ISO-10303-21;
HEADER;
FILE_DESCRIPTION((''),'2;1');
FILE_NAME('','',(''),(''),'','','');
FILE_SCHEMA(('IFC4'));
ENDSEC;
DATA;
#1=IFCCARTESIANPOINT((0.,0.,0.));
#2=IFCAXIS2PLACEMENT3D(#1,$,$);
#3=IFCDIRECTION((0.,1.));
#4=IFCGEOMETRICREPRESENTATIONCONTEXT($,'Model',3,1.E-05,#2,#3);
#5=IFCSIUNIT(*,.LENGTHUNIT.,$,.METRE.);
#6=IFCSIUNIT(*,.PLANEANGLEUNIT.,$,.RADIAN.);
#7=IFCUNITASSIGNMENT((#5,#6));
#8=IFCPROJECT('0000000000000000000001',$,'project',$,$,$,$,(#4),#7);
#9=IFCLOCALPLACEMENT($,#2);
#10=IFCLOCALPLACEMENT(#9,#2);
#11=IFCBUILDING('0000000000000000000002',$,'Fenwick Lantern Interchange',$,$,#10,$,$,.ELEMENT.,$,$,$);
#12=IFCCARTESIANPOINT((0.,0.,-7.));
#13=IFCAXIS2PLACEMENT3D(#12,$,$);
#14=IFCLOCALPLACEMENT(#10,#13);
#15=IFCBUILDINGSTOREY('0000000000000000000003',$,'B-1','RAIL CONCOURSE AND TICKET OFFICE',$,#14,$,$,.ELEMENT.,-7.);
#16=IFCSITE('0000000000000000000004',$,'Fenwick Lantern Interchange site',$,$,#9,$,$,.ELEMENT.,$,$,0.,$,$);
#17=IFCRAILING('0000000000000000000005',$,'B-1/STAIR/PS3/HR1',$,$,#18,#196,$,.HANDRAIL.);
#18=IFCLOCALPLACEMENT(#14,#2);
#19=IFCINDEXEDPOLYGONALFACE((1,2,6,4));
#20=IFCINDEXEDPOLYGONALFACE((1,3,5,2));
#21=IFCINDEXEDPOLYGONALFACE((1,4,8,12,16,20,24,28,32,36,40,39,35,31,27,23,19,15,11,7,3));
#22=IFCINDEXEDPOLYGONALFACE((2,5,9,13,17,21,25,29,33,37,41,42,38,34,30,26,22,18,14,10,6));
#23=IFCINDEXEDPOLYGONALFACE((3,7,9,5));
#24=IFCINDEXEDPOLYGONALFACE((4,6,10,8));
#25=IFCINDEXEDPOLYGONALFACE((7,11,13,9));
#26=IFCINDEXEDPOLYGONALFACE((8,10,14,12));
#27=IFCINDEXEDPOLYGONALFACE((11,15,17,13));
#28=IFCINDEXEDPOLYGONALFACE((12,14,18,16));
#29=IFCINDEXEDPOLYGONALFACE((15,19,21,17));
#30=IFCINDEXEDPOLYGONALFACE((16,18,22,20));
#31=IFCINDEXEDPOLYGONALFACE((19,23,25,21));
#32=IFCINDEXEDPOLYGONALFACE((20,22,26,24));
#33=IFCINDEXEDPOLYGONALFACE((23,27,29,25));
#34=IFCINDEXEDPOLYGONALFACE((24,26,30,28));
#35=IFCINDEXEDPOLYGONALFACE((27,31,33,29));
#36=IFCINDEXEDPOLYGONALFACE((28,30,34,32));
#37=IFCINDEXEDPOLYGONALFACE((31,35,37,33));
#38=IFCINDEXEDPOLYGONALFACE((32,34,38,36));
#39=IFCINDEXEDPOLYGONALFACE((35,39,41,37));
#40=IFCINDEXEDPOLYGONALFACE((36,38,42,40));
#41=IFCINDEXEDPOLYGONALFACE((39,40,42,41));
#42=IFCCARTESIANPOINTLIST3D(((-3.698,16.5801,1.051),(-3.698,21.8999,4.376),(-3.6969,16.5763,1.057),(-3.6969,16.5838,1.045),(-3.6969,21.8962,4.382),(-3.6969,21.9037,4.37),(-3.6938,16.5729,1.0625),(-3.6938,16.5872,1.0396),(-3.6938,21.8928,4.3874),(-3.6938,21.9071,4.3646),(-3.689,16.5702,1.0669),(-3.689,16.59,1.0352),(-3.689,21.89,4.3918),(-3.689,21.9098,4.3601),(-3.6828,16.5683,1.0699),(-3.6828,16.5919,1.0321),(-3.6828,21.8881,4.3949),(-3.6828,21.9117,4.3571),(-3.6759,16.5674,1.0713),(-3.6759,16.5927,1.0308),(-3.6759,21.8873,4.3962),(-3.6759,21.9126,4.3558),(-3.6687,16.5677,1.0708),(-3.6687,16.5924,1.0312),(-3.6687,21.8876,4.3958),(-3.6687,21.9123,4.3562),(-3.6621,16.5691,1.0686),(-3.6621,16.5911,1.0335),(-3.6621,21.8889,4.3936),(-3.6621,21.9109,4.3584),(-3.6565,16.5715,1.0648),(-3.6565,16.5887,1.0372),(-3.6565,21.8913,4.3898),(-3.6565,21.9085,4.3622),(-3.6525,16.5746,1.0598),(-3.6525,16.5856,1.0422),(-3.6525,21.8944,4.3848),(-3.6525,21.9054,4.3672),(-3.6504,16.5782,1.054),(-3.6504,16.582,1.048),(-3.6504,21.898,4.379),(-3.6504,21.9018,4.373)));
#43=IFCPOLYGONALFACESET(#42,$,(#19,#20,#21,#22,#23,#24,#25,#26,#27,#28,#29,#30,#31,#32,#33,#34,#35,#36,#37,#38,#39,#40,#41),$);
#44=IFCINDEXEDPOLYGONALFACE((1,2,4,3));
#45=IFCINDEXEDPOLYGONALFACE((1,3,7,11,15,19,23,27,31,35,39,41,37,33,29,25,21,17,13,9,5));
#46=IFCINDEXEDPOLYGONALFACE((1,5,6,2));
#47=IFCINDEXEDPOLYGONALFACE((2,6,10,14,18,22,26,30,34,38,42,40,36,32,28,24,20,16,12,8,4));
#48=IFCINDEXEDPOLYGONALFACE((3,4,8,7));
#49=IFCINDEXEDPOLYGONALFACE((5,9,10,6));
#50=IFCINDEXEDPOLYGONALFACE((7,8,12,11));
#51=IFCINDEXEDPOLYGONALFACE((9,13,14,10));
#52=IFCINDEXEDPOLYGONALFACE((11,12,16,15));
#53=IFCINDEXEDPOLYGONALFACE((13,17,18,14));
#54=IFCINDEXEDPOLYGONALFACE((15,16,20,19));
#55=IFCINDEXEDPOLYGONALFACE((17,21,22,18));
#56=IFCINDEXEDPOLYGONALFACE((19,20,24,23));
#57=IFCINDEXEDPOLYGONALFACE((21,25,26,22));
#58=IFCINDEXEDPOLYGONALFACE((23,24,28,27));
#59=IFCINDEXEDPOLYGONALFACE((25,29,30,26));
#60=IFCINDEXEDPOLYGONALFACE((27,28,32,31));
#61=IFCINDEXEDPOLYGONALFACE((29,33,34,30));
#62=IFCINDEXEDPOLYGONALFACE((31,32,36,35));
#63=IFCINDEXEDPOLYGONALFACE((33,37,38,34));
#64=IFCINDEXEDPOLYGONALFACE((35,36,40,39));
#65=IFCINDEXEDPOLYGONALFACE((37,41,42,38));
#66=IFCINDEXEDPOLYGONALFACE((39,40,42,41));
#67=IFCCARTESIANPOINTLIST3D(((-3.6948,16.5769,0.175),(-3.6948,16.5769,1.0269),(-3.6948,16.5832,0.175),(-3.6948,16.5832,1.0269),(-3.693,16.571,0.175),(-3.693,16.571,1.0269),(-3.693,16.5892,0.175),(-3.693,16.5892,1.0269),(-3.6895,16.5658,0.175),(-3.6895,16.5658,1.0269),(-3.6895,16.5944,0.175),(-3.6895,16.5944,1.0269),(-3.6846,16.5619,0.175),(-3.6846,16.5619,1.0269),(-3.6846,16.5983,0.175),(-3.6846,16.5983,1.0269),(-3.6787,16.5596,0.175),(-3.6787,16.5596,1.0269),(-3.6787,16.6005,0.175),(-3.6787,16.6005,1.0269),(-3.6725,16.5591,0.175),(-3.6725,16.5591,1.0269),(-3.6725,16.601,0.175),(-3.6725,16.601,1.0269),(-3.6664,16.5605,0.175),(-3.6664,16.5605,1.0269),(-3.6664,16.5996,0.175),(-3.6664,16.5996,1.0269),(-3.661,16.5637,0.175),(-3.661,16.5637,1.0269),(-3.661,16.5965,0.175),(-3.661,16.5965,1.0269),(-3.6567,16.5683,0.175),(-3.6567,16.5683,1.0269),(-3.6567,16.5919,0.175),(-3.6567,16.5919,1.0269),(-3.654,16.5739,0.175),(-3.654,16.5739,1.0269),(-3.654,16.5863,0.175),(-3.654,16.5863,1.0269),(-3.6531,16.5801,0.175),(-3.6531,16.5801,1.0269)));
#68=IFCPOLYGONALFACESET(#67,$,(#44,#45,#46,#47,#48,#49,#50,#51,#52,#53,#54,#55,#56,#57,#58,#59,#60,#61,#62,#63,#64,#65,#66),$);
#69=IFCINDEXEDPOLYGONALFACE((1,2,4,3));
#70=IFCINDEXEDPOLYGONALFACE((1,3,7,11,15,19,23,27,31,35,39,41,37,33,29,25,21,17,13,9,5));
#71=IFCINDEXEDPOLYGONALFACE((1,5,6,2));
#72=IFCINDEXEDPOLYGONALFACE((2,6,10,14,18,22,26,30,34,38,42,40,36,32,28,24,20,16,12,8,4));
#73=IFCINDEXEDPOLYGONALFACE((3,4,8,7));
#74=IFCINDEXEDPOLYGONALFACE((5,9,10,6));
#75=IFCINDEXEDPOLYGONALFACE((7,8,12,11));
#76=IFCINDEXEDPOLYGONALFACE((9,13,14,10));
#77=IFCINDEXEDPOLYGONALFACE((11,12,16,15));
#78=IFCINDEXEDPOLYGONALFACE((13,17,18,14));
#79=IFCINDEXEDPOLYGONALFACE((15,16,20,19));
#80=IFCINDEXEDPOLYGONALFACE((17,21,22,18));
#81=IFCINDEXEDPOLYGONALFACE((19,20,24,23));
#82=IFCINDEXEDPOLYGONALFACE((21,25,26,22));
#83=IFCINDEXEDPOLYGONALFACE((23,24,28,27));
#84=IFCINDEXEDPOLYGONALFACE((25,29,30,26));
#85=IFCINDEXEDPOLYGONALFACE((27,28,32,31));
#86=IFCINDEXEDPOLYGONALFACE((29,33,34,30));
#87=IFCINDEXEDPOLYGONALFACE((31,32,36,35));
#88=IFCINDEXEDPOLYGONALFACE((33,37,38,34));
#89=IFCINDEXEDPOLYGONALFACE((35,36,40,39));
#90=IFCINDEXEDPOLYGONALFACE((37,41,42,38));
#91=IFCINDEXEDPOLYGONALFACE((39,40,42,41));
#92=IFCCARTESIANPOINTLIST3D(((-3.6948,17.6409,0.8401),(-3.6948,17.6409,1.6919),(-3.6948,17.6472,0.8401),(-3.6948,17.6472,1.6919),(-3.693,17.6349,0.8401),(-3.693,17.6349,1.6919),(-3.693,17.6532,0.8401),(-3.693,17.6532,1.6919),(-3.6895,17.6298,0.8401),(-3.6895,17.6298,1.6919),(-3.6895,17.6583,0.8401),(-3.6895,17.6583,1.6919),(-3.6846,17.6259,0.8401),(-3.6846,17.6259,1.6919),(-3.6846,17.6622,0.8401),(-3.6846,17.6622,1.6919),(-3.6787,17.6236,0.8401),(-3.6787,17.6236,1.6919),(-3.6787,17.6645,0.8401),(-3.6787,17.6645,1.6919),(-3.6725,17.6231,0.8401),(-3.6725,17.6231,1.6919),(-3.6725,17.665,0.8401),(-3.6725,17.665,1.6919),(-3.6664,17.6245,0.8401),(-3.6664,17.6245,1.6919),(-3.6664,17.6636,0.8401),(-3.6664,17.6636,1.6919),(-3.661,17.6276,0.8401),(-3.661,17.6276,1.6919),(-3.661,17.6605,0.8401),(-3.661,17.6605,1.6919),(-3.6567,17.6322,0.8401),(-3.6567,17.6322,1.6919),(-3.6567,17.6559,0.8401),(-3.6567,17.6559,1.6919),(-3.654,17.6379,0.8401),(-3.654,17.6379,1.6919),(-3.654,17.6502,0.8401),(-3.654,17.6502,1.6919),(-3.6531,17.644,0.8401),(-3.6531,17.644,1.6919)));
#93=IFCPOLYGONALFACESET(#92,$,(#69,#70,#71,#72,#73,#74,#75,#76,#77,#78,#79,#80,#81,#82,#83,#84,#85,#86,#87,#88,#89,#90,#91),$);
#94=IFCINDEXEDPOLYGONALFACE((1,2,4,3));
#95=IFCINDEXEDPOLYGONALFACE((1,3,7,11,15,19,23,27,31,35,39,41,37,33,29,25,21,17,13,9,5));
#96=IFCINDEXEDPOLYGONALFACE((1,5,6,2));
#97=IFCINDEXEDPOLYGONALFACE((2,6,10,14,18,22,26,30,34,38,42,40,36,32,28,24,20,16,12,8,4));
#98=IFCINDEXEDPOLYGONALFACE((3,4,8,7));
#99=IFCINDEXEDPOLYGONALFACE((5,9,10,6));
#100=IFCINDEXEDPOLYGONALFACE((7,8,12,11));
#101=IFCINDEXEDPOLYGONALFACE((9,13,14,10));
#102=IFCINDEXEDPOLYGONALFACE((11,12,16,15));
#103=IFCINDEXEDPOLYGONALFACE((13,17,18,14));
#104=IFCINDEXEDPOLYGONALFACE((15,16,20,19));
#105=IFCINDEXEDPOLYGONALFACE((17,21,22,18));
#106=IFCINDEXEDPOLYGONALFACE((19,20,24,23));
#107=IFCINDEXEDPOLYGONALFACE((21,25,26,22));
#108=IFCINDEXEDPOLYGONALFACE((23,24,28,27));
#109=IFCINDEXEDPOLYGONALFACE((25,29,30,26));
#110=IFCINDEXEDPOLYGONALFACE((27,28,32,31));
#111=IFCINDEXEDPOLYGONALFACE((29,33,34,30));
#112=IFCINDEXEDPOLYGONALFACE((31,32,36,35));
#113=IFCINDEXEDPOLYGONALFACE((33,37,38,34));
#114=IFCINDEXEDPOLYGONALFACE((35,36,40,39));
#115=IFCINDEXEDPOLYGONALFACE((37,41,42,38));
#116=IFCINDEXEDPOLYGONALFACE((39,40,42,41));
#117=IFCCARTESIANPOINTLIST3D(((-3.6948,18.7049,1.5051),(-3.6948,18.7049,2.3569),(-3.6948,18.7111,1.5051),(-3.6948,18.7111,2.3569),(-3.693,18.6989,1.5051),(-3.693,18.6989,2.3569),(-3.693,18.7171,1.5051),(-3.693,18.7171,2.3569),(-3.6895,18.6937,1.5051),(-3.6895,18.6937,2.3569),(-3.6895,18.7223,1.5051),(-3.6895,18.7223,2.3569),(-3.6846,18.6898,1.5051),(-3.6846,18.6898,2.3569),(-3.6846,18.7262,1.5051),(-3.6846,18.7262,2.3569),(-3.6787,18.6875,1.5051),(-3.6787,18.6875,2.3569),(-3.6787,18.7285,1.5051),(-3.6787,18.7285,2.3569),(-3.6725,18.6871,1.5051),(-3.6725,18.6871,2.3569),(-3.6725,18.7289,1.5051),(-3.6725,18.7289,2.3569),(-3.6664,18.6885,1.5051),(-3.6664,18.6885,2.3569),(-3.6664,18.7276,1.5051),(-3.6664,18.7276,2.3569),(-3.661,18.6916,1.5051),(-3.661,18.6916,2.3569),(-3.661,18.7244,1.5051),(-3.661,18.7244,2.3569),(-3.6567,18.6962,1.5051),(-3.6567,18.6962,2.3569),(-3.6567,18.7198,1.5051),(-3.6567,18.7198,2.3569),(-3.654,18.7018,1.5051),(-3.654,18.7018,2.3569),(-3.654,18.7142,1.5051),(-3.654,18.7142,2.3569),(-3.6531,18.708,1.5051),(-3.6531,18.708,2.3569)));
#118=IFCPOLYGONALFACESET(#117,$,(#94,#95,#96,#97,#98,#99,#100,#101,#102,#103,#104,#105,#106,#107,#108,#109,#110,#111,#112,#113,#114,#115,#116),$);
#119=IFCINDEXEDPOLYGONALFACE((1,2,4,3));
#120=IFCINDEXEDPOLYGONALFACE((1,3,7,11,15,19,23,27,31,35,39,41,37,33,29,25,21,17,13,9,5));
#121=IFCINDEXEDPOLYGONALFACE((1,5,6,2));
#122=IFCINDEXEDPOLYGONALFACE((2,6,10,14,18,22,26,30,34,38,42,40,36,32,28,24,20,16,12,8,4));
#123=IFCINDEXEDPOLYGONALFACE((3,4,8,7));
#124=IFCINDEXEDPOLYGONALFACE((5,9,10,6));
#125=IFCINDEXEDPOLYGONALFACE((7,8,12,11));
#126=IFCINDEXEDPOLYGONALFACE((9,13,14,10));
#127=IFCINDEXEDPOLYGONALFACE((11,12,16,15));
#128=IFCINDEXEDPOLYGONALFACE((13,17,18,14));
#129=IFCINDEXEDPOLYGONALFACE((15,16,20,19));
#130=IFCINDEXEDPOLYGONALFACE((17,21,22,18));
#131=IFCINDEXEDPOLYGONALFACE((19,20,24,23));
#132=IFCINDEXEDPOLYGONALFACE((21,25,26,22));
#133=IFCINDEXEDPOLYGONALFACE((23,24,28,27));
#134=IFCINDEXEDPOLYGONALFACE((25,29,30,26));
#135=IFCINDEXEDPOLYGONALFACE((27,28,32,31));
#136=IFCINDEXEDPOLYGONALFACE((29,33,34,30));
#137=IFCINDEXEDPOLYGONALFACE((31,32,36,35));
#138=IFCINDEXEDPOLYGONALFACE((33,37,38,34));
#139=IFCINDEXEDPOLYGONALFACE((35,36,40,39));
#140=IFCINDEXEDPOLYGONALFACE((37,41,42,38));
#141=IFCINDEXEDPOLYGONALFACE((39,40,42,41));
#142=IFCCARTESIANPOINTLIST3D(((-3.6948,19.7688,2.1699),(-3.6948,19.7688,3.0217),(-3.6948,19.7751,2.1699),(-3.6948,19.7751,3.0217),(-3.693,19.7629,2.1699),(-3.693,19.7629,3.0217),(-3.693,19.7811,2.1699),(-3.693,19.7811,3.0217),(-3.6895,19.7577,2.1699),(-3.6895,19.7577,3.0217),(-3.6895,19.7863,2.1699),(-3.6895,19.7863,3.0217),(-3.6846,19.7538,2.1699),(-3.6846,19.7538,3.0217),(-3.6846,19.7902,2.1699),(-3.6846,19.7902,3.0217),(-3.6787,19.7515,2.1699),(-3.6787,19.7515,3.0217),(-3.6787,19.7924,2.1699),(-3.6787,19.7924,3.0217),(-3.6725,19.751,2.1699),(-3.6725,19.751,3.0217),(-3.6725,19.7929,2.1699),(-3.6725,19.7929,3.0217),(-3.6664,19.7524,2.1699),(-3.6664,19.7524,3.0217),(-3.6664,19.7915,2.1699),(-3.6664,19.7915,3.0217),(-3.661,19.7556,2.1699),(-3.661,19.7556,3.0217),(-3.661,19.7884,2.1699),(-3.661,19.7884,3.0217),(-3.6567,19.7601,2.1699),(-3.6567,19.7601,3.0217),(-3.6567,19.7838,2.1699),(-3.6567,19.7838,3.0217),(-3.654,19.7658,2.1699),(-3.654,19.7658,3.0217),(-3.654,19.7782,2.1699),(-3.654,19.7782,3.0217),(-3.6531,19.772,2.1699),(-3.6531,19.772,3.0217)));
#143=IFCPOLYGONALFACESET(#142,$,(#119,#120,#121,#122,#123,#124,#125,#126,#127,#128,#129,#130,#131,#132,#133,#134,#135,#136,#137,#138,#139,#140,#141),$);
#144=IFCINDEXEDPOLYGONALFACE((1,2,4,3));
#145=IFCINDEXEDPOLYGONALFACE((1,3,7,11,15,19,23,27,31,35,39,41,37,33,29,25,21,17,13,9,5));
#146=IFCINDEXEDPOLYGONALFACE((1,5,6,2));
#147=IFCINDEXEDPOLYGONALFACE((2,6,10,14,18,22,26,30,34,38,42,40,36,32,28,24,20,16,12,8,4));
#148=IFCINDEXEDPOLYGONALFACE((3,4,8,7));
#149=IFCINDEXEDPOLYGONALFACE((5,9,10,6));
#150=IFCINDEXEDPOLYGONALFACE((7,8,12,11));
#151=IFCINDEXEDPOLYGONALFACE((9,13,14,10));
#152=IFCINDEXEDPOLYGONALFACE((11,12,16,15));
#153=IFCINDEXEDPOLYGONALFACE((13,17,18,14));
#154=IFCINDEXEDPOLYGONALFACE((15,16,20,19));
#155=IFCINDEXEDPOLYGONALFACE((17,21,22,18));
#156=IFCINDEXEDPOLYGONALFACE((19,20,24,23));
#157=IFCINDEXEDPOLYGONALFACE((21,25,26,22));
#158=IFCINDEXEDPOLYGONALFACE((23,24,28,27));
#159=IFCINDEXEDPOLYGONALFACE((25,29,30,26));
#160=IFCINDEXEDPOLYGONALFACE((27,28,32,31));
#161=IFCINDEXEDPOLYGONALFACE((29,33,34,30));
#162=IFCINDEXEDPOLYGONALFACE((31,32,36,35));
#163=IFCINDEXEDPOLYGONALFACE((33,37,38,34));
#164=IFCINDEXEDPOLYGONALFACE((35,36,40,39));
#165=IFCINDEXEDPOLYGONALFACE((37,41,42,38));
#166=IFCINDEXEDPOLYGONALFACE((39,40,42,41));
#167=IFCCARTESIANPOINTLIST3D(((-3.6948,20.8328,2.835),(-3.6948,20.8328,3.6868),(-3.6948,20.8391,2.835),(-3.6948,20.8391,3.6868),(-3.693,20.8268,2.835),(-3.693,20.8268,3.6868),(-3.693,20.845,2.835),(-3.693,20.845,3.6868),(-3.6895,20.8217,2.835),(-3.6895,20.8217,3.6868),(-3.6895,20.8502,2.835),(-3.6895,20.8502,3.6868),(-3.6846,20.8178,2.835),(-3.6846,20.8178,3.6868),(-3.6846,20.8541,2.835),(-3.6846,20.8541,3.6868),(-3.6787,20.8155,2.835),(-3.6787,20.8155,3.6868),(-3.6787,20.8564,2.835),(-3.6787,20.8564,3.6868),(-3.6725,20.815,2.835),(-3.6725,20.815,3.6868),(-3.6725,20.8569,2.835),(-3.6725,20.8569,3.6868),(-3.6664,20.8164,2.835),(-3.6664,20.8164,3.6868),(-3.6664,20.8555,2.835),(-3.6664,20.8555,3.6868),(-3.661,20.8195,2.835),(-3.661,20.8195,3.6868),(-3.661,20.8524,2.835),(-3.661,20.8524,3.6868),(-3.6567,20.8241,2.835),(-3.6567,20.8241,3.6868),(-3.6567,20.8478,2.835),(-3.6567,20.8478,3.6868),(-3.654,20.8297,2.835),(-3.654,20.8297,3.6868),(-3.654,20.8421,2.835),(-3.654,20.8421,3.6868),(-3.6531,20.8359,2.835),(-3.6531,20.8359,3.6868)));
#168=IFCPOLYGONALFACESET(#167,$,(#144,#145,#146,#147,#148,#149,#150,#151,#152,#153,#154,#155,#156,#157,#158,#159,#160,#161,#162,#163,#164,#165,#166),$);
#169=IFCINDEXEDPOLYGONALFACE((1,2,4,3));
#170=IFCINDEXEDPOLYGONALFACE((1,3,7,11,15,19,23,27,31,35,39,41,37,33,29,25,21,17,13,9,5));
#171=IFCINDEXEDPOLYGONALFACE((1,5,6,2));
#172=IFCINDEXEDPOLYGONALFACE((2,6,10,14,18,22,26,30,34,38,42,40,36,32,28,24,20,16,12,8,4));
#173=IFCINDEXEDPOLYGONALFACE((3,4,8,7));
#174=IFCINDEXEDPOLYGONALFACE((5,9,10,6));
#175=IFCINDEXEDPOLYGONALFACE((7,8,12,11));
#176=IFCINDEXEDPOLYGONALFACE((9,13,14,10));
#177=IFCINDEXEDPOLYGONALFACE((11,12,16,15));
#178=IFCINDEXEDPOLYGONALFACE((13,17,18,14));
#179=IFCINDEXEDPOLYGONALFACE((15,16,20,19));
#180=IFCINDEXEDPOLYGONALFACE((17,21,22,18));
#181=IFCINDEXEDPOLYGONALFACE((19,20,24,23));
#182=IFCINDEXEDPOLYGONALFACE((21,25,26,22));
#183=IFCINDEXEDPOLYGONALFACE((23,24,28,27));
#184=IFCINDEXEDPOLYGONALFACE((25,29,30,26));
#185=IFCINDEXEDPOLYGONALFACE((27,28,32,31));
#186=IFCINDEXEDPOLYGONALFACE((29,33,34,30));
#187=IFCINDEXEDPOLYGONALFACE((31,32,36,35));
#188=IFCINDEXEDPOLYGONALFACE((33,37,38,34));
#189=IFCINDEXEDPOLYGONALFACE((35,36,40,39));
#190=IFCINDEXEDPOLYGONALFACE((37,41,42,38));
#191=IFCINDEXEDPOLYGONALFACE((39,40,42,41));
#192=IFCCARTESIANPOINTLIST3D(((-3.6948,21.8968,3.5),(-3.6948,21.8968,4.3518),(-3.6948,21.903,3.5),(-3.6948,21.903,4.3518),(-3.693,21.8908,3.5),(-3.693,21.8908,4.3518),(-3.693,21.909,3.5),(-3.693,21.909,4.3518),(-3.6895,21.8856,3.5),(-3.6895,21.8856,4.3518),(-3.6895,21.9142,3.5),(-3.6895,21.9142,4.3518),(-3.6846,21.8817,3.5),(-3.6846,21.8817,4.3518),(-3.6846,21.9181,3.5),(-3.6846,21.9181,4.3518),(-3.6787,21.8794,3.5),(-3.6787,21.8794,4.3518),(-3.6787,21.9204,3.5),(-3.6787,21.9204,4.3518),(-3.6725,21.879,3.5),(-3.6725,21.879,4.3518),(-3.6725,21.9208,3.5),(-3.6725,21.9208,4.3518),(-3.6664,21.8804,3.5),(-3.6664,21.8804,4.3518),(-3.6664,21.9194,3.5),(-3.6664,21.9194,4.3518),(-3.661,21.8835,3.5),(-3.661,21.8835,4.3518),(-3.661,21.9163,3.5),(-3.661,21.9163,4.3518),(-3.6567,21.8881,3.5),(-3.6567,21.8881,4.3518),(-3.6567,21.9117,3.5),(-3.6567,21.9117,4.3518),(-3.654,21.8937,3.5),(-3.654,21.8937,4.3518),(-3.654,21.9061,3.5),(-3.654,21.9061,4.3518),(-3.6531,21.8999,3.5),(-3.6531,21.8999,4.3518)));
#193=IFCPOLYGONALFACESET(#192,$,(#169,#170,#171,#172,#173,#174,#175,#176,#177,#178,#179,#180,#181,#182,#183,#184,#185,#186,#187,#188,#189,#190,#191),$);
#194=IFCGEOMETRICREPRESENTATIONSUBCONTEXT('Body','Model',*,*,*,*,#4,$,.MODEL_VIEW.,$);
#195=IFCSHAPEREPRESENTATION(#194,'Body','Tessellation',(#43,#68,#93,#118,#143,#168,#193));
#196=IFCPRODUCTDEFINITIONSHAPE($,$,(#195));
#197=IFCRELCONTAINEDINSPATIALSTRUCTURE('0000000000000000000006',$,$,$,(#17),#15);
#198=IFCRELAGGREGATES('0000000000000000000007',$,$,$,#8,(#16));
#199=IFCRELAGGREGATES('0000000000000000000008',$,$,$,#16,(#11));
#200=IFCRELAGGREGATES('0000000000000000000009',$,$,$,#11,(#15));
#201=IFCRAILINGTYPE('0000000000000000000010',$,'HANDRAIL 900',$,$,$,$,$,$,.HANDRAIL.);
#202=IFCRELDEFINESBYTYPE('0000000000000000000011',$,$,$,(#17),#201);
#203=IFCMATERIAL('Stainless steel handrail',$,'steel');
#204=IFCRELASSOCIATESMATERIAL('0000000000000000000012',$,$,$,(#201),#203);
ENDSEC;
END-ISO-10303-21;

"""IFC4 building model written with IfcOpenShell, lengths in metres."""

from ifc_helpers import new_model, si_unit, direction, frame, origin, origin_2d, place, context, subcontext, project, spatial, circle, extrude, material, type_object, element, save


model = new_model("IFC4")

# Units and contexts
model_context = context("Model", 3, precision=1e-05, world=origin(), true_north=direction((0.0, 1.0)))
body_context = subcontext(model_context, "Body", "Model", "MODEL_VIEW")
ifc_project = project(units=[si_unit("LENGTHUNIT", "METRE"), si_unit("PLANEANGLEUNIT", "RADIAN")], contexts=[model_context])

# Site, building, storey
site_placement = place(None, origin())
site = spatial("IfcSite", under=ifc_project, at=site_placement, Name="Fenwick Lantern Interchange site", CompositionType="ELEMENT", RefElevation=0.0)
building_placement = place(site_placement, origin())
building = spatial("IfcBuilding", under=site, at=building_placement, Name="Fenwick Lantern Interchange", CompositionType="ELEMENT")
storey_placement = place(building_placement, frame((0.0, 0.0, -7.0)))
storey = spatial("IfcBuildingStorey", under=building, at=storey_placement, Name="B-1", Description="RAIL CONCOURSE AND TICKET OFFICE", CompositionType="ELEMENT", Elevation=-7.0)

# Railing
ifc_material_1 = material(Name="Stainless steel handrail", Category="steel")
railing_type = type_object("IfcRailingType", Name="HANDRAIL 900", PredefinedType="HANDRAIL", material=ifc_material_1)
railing_placement = place(storey_placement, frame((-3.6741, 16.5801, 0.175)))
element("IfcRailing", 1, at=railing_placement, inside=storey, type_object=railing_type, Name="B-1/STAIR/PS3/HR1", PredefinedType="HANDRAIL", context=body_context, shape_type="SweptSolid", body=[
    extrude(circle(Radius=0.0239, at=origin_2d()), frame((0.0, 0.0, 0.876), z_axis=(0.0, 0.847994, 0.530006), x_axis=(-1.0, 0.0, 0.0)), (0.0, 0.0, 1.0), 6.2734),
    extrude(circle(Radius=0.021, at=origin_2d()), origin(), (0.0, 0.0, 1.0), 0.8518),
    extrude(circle(Radius=0.021, at=origin_2d()), frame((0.0, 1.064, 0.665)), (0.0, 0.0, 1.0), 0.8518),
    extrude(circle(Radius=0.021, at=origin_2d()), frame((0.0, 2.1279, 1.3301)), (0.0, 0.0, 1.0), 0.8518),
    extrude(circle(Radius=0.021, at=origin_2d()), frame((0.0, 3.1919, 1.9949)), (0.0, 0.0, 1.0), 0.8518),
    extrude(circle(Radius=0.021, at=origin_2d()), frame((0.0, 4.2559, 2.6599)), (0.0, 0.0, 1.0), 0.8518),
    extrude(circle(Radius=0.021, at=origin_2d()), frame((0.0, 5.3198, 3.325)), (0.0, 0.0, 1.0), 0.8518),
])

save(model, "model.ifc")
